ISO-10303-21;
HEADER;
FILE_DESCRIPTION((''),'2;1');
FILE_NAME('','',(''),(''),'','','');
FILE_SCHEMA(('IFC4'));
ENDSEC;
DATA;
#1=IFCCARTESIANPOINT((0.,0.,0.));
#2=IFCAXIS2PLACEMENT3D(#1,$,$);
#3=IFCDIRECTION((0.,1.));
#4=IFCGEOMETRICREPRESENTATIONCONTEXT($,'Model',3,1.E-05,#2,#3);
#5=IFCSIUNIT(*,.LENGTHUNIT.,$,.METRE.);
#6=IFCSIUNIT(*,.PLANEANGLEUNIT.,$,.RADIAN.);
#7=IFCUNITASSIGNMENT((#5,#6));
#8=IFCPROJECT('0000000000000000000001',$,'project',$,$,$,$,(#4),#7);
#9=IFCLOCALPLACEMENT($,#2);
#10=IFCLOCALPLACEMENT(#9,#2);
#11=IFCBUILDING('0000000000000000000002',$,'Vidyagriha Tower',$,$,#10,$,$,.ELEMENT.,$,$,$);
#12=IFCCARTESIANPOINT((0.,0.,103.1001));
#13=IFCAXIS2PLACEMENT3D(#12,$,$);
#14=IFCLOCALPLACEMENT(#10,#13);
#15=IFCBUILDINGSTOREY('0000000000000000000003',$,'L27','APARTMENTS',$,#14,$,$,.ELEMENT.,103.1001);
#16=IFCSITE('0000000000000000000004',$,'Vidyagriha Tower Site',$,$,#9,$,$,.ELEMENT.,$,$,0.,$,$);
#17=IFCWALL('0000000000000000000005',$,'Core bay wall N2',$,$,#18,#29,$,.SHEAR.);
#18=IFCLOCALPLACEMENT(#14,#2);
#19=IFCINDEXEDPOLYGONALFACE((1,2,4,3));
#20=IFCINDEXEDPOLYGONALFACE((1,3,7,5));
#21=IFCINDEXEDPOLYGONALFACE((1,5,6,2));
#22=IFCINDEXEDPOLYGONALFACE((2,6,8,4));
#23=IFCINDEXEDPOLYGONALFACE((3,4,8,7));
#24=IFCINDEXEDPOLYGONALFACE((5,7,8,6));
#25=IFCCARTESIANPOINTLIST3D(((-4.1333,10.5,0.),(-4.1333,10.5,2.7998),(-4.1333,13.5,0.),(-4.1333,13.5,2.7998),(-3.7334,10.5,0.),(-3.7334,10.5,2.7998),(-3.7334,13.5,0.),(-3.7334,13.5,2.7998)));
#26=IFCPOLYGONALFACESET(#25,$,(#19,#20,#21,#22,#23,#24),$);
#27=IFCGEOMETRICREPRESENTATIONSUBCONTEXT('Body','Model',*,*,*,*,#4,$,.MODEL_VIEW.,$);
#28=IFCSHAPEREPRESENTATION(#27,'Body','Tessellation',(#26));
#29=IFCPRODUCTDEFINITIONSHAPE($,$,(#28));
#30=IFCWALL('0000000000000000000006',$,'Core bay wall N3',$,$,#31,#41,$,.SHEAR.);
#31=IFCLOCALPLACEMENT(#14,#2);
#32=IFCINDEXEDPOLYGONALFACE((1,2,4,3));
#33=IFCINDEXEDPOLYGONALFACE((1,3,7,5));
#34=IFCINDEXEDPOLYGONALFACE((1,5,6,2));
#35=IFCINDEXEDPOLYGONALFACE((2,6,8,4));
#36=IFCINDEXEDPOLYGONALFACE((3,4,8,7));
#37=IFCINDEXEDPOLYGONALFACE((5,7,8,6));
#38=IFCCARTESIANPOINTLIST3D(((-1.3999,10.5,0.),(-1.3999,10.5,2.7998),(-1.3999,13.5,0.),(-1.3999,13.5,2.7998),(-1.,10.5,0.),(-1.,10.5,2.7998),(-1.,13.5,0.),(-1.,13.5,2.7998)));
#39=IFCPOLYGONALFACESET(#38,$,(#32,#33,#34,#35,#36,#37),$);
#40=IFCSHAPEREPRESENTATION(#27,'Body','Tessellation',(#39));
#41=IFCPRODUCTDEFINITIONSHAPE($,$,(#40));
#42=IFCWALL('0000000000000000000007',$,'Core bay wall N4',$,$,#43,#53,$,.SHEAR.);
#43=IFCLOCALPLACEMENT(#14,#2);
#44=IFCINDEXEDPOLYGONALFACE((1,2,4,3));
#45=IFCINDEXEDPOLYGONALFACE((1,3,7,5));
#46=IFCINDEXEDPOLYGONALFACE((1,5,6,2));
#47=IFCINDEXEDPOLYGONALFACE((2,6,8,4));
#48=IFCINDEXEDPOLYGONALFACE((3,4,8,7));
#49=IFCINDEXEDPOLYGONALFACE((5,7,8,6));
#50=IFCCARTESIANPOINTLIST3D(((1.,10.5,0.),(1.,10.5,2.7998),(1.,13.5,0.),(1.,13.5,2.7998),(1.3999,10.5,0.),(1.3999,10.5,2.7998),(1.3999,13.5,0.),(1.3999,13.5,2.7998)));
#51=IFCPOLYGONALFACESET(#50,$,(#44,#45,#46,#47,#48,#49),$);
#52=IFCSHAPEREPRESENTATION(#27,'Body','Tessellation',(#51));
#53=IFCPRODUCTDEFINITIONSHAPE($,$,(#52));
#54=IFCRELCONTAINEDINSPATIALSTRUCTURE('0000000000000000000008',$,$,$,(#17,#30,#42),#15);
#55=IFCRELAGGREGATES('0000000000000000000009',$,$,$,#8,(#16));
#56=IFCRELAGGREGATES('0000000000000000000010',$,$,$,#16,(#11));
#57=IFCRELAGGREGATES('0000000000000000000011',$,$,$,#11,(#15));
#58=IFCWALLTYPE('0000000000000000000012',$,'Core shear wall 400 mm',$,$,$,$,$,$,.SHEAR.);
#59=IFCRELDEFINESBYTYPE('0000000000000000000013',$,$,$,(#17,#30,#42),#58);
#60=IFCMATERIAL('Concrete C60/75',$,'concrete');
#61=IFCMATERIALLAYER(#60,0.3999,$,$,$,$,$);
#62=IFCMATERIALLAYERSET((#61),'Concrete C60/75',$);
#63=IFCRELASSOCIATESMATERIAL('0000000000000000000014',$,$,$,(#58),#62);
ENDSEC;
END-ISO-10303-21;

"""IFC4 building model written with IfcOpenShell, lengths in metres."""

from ifc_helpers import new_model, si_unit, direction, frame, frame_2d, origin, place, context, subcontext, project, spatial, rectangle, extrude, material, layer, layer_set, type_object, element, save


model = new_model("IFC4")

# Units and contexts
model_context = context("Model", 3, precision=1e-05, world=origin(), true_north=direction((0.0, 1.0)))
body_context = subcontext(model_context, "Body", "Model", "MODEL_VIEW")
ifc_project = project(units=[si_unit("LENGTHUNIT", "METRE"), si_unit("PLANEANGLEUNIT", "RADIAN")], contexts=[model_context])

# Site, building, storey
site_placement = place(None, origin())
site = spatial("IfcSite", under=ifc_project, at=site_placement, Name="Vidyagriha Tower Site", CompositionType="ELEMENT", RefElevation=0.0)
building_placement = place(site_placement, origin())
building = spatial("IfcBuilding", under=site, at=building_placement, Name="Vidyagriha Tower", CompositionType="ELEMENT")
storey_placement = place(building_placement, frame((0.0, 0.0, 103.1001)))
storey = spatial("IfcBuildingStorey", under=building, at=storey_placement, Name="L27", Description="APARTMENTS", CompositionType="ELEMENT", Elevation=103.1001)

# Shared definitions
ifc_material_1 = material(Name="Concrete C60/75", Category="concrete")
ifc_layer_1 = layer(ifc_material_1, 0.3999)
ifc_layer_set_1 = layer_set([ifc_layer_1], Name="Concrete C60/75")
wall_type = type_object("IfcWallType", Name="Core shear wall 400 mm", PredefinedType="SHEAR", material=ifc_layer_set_1)

# Walls
for number, where, z_axis, x_axis, name in (
    (1, (-3.9333, 10.5, 0.0), (0.0, 0.0, 1.0), (0.0, 1.0, 0.0), "Core bay wall N2"),
    (2, (-1.2, 10.5, 0.0), (0.0, 0.0, 1.0), (0.0, 1.0, 0.0), "Core bay wall N3"),
    (3, (1.2, 10.5, 0.0), (0.0, 0.0, 1.0), (0.0, 1.0, 0.0), "Core bay wall N4"),
):
    element("IfcWall", number, at=place(storey_placement, frame(where, z_axis=z_axis, x_axis=x_axis)), inside=storey, type_object=wall_type, Name=name, PredefinedType="SHEAR", context=body_context, shape_type="SweptSolid", body=[
        extrude(rectangle(XDim=3.0, YDim=0.3999, at=frame_2d((1.5, 0.0))), origin(), (0.0, 0.0, 1.0), 2.7998),
    ])

save(model, "model.ifc")
